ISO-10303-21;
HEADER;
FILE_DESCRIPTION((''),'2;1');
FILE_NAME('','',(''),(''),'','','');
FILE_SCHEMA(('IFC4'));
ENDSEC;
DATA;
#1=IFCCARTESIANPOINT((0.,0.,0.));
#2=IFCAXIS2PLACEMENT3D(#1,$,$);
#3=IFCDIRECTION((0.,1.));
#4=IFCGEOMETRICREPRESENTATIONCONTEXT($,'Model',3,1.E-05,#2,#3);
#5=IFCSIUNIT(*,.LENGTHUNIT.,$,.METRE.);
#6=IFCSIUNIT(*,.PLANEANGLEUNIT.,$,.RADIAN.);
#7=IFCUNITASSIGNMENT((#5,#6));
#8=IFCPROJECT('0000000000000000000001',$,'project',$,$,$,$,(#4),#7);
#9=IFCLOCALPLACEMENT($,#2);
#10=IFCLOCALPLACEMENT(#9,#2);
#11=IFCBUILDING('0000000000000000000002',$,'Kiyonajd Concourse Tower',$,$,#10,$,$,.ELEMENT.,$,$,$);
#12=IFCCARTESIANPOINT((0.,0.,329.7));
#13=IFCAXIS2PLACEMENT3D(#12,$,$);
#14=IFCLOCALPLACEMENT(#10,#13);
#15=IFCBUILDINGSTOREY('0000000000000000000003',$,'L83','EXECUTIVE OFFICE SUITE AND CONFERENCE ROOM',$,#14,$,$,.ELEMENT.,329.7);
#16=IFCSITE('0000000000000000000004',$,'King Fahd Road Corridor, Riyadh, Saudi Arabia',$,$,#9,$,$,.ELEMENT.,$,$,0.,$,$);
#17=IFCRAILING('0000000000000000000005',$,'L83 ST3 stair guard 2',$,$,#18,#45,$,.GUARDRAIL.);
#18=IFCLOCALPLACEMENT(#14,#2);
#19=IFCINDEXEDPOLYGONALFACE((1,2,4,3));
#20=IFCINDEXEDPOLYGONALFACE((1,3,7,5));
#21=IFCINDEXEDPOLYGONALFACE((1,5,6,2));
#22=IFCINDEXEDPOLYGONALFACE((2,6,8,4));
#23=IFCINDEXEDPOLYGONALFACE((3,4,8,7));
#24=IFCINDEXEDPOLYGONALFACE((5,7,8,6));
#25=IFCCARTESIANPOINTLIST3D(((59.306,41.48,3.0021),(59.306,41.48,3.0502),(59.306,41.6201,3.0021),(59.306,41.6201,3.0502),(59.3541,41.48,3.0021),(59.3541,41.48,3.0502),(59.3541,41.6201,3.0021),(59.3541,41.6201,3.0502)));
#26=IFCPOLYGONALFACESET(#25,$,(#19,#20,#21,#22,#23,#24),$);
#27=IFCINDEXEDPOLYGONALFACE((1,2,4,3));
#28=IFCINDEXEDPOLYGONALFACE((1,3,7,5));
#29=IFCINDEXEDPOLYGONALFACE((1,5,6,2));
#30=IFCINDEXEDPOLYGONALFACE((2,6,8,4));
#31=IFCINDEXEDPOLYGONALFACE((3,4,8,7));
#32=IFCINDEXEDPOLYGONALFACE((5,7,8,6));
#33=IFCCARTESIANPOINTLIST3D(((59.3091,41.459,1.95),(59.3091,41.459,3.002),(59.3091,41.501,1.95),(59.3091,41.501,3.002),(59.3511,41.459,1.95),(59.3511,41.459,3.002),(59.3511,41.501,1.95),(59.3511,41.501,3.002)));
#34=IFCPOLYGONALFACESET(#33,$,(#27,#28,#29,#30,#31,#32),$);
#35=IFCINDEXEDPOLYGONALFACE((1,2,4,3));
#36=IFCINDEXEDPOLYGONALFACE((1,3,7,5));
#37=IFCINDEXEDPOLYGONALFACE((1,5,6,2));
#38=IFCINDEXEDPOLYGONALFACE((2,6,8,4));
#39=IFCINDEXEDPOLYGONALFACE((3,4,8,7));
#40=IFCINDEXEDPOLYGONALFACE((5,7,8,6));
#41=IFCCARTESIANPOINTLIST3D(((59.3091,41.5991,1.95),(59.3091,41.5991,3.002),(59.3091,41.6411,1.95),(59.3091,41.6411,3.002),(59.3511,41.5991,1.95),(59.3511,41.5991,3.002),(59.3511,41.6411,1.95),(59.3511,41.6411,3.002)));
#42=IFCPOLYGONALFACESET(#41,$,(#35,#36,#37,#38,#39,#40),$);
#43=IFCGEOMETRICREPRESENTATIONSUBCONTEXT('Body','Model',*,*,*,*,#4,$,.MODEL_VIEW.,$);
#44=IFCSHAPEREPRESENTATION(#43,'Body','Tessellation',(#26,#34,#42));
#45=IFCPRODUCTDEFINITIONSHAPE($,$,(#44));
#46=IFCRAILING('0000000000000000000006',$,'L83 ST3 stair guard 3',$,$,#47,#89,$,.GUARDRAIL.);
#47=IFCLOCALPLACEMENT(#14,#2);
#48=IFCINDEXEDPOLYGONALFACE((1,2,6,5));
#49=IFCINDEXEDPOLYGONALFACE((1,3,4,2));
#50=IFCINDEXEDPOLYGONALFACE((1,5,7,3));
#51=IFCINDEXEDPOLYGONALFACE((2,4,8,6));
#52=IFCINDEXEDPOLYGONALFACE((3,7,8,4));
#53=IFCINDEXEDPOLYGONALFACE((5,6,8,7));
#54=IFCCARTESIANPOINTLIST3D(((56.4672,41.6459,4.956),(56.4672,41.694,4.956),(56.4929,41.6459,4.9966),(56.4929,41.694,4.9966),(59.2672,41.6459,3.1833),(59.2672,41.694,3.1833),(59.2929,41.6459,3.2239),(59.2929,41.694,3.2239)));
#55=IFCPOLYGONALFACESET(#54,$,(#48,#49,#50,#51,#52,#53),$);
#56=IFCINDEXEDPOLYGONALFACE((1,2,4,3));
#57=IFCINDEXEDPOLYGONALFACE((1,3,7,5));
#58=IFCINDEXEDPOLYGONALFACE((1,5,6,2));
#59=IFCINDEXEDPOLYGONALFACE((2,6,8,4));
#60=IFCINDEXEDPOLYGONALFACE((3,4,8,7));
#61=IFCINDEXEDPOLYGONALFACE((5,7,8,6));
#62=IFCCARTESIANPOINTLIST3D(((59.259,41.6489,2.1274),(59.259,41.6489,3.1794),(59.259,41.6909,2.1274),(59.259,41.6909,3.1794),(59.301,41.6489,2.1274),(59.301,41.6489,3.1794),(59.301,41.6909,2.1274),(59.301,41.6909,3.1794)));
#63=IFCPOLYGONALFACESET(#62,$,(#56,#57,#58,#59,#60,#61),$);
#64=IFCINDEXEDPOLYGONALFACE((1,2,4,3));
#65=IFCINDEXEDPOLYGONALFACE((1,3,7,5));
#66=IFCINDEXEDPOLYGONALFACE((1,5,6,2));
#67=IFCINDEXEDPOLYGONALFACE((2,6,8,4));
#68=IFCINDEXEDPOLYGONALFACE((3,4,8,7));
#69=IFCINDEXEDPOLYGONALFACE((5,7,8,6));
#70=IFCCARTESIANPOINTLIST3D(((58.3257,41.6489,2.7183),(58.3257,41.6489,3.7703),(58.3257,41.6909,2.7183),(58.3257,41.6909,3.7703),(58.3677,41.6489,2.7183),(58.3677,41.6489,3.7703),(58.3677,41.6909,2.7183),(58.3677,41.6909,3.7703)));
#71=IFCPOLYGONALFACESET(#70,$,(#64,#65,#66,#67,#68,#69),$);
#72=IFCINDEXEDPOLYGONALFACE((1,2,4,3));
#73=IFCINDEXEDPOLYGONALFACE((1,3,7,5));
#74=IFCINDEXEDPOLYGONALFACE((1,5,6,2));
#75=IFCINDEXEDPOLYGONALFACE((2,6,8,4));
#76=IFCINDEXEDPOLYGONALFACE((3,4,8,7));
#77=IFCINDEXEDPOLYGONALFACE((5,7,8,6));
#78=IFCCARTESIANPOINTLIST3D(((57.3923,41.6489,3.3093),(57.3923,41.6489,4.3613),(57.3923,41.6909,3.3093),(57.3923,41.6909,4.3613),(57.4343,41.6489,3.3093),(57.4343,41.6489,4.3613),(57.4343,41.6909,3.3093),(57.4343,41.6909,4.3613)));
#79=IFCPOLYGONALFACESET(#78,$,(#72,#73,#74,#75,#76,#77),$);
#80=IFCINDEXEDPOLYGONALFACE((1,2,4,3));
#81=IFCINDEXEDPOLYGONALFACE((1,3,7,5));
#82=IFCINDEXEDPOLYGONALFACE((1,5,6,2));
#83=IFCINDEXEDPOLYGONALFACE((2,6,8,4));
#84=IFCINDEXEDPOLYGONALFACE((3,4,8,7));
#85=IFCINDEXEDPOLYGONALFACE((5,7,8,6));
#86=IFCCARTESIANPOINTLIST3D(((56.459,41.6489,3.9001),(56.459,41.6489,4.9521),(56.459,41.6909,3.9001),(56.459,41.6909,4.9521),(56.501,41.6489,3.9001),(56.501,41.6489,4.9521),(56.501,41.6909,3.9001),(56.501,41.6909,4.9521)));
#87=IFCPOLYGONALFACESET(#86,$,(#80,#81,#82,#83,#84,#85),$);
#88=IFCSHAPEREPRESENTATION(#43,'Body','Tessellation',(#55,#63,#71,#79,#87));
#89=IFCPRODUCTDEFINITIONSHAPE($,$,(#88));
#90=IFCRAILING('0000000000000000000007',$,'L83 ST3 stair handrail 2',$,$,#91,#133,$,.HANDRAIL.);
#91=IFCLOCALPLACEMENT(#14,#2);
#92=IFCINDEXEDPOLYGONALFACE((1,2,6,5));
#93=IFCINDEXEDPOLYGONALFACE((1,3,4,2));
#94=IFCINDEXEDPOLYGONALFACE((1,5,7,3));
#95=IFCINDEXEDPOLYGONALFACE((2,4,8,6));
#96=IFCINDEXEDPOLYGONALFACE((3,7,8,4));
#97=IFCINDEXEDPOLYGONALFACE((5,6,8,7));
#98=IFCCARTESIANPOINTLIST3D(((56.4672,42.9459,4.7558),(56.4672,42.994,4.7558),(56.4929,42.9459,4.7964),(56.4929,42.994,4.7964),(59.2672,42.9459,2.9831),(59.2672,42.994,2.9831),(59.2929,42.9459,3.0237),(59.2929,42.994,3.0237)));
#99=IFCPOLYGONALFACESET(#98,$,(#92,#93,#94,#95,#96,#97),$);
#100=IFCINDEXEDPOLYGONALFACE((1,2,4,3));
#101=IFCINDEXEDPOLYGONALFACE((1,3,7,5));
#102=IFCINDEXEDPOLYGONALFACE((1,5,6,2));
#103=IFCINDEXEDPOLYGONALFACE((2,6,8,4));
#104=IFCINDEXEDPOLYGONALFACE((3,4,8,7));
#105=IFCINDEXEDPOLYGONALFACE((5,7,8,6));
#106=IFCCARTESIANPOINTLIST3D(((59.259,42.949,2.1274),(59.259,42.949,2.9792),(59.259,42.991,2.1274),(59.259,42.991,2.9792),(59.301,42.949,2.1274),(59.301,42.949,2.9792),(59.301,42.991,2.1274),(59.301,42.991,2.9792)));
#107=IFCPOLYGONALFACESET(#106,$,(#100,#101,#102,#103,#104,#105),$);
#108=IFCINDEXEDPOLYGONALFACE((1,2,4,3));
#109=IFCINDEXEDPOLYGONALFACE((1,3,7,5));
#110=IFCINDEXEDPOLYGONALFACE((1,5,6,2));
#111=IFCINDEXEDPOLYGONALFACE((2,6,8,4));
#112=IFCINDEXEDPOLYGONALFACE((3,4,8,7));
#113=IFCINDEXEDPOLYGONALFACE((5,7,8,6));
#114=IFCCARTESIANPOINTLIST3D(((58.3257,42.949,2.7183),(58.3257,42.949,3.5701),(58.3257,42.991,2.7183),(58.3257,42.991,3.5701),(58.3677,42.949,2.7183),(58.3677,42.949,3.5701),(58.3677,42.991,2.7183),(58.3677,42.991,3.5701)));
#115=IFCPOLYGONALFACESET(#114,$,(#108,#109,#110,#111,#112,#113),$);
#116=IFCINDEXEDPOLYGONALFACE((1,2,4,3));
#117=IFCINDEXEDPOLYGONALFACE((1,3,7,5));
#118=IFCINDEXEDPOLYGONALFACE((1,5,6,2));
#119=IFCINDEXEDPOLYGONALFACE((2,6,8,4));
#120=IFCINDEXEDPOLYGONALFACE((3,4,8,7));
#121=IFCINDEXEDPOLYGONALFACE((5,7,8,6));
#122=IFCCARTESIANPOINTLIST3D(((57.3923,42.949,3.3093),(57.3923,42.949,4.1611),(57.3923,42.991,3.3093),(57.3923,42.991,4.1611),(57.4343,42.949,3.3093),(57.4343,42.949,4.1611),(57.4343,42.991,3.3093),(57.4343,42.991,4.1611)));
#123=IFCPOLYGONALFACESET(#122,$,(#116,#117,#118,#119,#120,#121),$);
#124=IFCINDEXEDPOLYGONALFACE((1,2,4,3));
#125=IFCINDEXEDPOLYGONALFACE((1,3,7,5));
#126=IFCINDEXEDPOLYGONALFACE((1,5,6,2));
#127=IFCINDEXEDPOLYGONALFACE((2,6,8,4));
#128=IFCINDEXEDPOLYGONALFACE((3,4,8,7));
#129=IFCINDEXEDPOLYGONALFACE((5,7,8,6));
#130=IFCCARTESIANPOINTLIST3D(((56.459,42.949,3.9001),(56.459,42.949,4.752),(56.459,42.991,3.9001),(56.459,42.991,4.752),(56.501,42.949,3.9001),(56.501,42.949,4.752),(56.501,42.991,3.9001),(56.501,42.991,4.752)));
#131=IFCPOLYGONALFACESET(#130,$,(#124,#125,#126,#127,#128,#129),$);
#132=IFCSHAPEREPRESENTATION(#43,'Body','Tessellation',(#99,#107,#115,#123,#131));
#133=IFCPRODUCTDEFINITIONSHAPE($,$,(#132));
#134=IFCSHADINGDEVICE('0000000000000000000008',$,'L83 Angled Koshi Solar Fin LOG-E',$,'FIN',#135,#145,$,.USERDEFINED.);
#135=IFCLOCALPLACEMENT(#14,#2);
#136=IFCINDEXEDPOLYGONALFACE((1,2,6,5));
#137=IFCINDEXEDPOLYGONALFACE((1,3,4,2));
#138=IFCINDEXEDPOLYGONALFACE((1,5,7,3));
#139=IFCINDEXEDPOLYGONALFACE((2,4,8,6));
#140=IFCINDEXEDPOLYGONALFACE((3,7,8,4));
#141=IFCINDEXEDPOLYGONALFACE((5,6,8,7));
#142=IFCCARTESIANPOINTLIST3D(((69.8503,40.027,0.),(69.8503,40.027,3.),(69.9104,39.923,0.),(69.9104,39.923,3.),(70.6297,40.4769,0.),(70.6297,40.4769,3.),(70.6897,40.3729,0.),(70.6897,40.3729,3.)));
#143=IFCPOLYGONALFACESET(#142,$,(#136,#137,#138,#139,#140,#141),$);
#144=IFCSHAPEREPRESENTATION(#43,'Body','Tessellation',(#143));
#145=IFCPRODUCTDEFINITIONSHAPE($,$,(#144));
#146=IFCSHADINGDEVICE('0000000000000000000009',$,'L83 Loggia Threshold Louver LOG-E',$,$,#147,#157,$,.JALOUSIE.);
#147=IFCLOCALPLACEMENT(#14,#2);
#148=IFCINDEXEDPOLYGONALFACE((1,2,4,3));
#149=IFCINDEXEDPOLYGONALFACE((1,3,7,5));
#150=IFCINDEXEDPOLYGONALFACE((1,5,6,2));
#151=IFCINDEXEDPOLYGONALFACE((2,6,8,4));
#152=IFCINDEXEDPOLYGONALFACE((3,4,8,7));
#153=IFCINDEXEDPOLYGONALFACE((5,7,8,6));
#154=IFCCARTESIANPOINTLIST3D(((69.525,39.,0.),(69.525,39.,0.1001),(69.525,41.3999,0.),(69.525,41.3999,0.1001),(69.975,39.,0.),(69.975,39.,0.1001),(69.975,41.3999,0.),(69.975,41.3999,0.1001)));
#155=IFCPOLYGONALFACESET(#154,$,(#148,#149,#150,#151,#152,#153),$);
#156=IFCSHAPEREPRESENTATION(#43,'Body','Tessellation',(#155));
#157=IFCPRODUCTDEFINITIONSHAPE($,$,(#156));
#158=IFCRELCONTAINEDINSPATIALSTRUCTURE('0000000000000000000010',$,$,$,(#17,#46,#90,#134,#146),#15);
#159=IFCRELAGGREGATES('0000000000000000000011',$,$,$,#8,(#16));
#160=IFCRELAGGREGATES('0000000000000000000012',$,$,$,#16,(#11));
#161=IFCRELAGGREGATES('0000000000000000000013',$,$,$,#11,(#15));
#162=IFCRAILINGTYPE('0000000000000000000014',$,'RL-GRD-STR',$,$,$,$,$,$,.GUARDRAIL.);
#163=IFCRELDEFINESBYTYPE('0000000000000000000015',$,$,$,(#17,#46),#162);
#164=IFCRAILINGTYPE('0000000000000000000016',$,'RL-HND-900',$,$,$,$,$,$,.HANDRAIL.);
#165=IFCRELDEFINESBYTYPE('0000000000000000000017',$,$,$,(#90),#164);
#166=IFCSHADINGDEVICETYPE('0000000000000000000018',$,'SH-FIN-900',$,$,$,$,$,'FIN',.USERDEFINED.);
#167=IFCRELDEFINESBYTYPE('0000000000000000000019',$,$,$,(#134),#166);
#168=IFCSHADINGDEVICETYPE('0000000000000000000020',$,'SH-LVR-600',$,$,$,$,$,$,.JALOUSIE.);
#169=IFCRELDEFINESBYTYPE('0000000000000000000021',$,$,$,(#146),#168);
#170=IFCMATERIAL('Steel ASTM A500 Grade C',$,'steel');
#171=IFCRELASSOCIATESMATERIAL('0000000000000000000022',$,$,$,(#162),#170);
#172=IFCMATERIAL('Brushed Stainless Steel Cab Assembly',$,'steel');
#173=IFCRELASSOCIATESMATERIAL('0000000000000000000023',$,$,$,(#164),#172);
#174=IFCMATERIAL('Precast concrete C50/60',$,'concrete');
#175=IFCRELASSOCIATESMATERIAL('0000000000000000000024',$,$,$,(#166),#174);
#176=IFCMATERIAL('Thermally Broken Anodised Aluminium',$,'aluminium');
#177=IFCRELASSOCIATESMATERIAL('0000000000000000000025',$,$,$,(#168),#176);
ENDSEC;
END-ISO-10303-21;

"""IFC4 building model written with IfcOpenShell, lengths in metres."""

from ifc_helpers import new_model, si_unit, direction, frame, origin, origin_2d, place, context, subcontext, project, spatial, rectangle, extrude, material, type_object, element, save


model = new_model("IFC4")

# Units and contexts
model_context = context("Model", 3, precision=1e-05, world=origin(), true_north=direction((0.0, 1.0)))
body_context = subcontext(model_context, "Body", "Model", "MODEL_VIEW")
ifc_project = project(units=[si_unit("LENGTHUNIT", "METRE"), si_unit("PLANEANGLEUNIT", "RADIAN")], contexts=[model_context])

# Site, building, storey
site_placement = place(None, origin())
site = spatial("IfcSite", under=ifc_project, at=site_placement, Name="King Fahd Road Corridor, Riyadh, Saudi Arabia", CompositionType="ELEMENT", RefElevation=0.0)
building_placement = place(site_placement, origin())
building = spatial("IfcBuilding", under=site, at=building_placement, Name="Kiyonajd Concourse Tower", CompositionType="ELEMENT")
storey_placement = place(building_placement, frame((0.0, 0.0, 329.7)))
storey = spatial("IfcBuildingStorey", under=building, at=storey_placement, Name="L83", Description="EXECUTIVE OFFICE SUITE AND CONFERENCE ROOM", CompositionType="ELEMENT", Elevation=329.7)

# Shared definitions
ifc_material_1 = material(Name="Thermally Broken Anodised Aluminium", Category="aluminium")

# Shared definitions
ifc_material_2 = material(Name="Precast concrete C50/60", Category="concrete")

# Shared definitions
ifc_material_3 = material(Name="Brushed Stainless Steel Cab Assembly", Category="steel")

# Railings
ifc_material_4 = material(Name="Steel ASTM A500 Grade C", Category="steel")
railing_type_1 = type_object("IfcRailingType", Name="RL-GRD-STR", PredefinedType="GUARDRAIL", material=ifc_material_4)
railing_1_placement = place(storey_placement, frame((59.3301, 41.48, 1.95)))
element("IfcRailing", 1, at=railing_1_placement, inside=storey, type_object=railing_type_1, Name="L83 ST3 stair guard 2", PredefinedType="GUARDRAIL", context=body_context, shape_type="SweptSolid", body=[
    extrude(rectangle(XDim=0.0481, YDim=0.0481, at=origin_2d()), frame((0.0, 0.0, 1.0762), z_axis=(0.0, 1.0, 0.0), x_axis=(-1.0, 0.0, 0.0)), (0.0, 0.0, 1.0), 0.1401),
    extrude(rectangle(XDim=0.042, YDim=0.042, at=origin_2d()), origin(), (0.0, 0.0, 1.0), 1.052),
    extrude(rectangle(XDim=0.042, YDim=0.042, at=origin_2d()), frame((0.0, 0.1401, 0.0)), (0.0, 0.0, 1.0), 1.052),
])
railing_2_placement = place(storey_placement, frame((59.28, 41.6699, 2.1274)))
element("IfcRailing", 2, at=railing_2_placement, inside=storey, type_object=railing_type_1, Name="L83 ST3 stair guard 3", PredefinedType="GUARDRAIL", context=body_context, shape_type="SweptSolid", body=[
    extrude(rectangle(XDim=0.0481, YDim=0.0481, at=origin_2d()), frame((0.0, 0.0, 1.0762), z_axis=(-0.844909, 0.0, 0.53491), x_axis=(0.0, -1.0, 0.0)), (0.0, 0.0, 1.0), 3.314),
    extrude(rectangle(XDim=0.042, YDim=0.042, at=origin_2d()), origin(), (0.0, 0.0, 1.0), 1.052),
    extrude(rectangle(XDim=0.042, YDim=0.042, at=origin_2d()), frame((-0.9333, 0.0, 0.5908)), (0.0, 0.0, 1.0), 1.052),
    extrude(rectangle(XDim=0.042, YDim=0.042, at=origin_2d()), frame((-1.8667, 0.0, 1.1819)), (0.0, 0.0, 1.0), 1.052),
    extrude(rectangle(XDim=0.042, YDim=0.042, at=origin_2d()), frame((-2.8, 0.0, 1.7727)), (0.0, 0.0, 1.0), 1.052),
])
railing_type_2 = type_object("IfcRailingType", Name="RL-HND-900", PredefinedType="HANDRAIL", material=ifc_material_3)
railing_3_placement = place(storey_placement, frame((59.28, 42.97, 2.1274)))
element("IfcRailing", 3, at=railing_3_placement, inside=storey, type_object=railing_type_2, Name="L83 ST3 stair handrail 2", PredefinedType="HANDRAIL", context=body_context, shape_type="SweptSolid", body=[
    extrude(rectangle(XDim=0.0481, YDim=0.0481, at=origin_2d()), frame((0.0, 0.0, 0.876), z_axis=(-0.844909, 0.0, 0.53491), x_axis=(0.0, -1.0, 0.0)), (0.0, 0.0, 1.0), 3.314),
    extrude(rectangle(XDim=0.042, YDim=0.042, at=origin_2d()), origin(), (0.0, 0.0, 1.0), 0.8518),
    extrude(rectangle(XDim=0.042, YDim=0.042, at=origin_2d()), frame((-0.9333, 0.0, 0.5908)), (0.0, 0.0, 1.0), 0.8518),
    extrude(rectangle(XDim=0.042, YDim=0.042, at=origin_2d()), frame((-1.8667, 0.0, 1.1819)), (0.0, 0.0, 1.0), 0.8518),
    extrude(rectangle(XDim=0.042, YDim=0.042, at=origin_2d()), frame((-2.8, 0.0, 1.7727)), (0.0, 0.0, 1.0), 0.8518),
])

# Shading devices
shading_device_type_1 = type_object("IfcShadingDeviceType", Name="SH-FIN-900", ElementType="FIN", PredefinedType="USERDEFINED", material=ifc_material_2)
shading_device_1_placement = place(storey_placement, frame((70.27, 40.2, 0.0), z_axis=(0.0, 0.0, 1.0), x_axis=(0.866025, 0.5, 0.0)))
element("IfcShadingDevice", 4, at=shading_device_1_placement, inside=storey, type_object=shading_device_type_1, Name="L83 Angled Koshi Solar Fin LOG-E", ObjectType="FIN", PredefinedType="USERDEFINED", context=body_context, shape_type="SweptSolid", body=[
    extrude(rectangle(XDim=0.8999, YDim=0.1201, at=origin_2d()), origin(), (0.0, 0.0, 1.0), 3.0),
])
shading_device_type_2 = type_object("IfcShadingDeviceType", Name="SH-LVR-600", PredefinedType="JALOUSIE", material=ifc_material_1)
shading_device_2_placement = place(storey_placement, frame((69.75, 40.2, 0.0), z_axis=(0.0, 0.0, 1.0), x_axis=(0.0, 1.0, 0.0)))
element("IfcShadingDevice", 5, at=shading_device_2_placement, inside=storey, type_object=shading_device_type_2, Name="L83 Loggia Threshold Louver LOG-E", PredefinedType="JALOUSIE", context=body_context, shape_type="SweptSolid", body=[
    extrude(rectangle(XDim=2.3999, YDim=0.45, at=origin_2d()), origin(), (0.0, 0.0, 1.0), 0.1001),
])

save(model, "model.ifc")
